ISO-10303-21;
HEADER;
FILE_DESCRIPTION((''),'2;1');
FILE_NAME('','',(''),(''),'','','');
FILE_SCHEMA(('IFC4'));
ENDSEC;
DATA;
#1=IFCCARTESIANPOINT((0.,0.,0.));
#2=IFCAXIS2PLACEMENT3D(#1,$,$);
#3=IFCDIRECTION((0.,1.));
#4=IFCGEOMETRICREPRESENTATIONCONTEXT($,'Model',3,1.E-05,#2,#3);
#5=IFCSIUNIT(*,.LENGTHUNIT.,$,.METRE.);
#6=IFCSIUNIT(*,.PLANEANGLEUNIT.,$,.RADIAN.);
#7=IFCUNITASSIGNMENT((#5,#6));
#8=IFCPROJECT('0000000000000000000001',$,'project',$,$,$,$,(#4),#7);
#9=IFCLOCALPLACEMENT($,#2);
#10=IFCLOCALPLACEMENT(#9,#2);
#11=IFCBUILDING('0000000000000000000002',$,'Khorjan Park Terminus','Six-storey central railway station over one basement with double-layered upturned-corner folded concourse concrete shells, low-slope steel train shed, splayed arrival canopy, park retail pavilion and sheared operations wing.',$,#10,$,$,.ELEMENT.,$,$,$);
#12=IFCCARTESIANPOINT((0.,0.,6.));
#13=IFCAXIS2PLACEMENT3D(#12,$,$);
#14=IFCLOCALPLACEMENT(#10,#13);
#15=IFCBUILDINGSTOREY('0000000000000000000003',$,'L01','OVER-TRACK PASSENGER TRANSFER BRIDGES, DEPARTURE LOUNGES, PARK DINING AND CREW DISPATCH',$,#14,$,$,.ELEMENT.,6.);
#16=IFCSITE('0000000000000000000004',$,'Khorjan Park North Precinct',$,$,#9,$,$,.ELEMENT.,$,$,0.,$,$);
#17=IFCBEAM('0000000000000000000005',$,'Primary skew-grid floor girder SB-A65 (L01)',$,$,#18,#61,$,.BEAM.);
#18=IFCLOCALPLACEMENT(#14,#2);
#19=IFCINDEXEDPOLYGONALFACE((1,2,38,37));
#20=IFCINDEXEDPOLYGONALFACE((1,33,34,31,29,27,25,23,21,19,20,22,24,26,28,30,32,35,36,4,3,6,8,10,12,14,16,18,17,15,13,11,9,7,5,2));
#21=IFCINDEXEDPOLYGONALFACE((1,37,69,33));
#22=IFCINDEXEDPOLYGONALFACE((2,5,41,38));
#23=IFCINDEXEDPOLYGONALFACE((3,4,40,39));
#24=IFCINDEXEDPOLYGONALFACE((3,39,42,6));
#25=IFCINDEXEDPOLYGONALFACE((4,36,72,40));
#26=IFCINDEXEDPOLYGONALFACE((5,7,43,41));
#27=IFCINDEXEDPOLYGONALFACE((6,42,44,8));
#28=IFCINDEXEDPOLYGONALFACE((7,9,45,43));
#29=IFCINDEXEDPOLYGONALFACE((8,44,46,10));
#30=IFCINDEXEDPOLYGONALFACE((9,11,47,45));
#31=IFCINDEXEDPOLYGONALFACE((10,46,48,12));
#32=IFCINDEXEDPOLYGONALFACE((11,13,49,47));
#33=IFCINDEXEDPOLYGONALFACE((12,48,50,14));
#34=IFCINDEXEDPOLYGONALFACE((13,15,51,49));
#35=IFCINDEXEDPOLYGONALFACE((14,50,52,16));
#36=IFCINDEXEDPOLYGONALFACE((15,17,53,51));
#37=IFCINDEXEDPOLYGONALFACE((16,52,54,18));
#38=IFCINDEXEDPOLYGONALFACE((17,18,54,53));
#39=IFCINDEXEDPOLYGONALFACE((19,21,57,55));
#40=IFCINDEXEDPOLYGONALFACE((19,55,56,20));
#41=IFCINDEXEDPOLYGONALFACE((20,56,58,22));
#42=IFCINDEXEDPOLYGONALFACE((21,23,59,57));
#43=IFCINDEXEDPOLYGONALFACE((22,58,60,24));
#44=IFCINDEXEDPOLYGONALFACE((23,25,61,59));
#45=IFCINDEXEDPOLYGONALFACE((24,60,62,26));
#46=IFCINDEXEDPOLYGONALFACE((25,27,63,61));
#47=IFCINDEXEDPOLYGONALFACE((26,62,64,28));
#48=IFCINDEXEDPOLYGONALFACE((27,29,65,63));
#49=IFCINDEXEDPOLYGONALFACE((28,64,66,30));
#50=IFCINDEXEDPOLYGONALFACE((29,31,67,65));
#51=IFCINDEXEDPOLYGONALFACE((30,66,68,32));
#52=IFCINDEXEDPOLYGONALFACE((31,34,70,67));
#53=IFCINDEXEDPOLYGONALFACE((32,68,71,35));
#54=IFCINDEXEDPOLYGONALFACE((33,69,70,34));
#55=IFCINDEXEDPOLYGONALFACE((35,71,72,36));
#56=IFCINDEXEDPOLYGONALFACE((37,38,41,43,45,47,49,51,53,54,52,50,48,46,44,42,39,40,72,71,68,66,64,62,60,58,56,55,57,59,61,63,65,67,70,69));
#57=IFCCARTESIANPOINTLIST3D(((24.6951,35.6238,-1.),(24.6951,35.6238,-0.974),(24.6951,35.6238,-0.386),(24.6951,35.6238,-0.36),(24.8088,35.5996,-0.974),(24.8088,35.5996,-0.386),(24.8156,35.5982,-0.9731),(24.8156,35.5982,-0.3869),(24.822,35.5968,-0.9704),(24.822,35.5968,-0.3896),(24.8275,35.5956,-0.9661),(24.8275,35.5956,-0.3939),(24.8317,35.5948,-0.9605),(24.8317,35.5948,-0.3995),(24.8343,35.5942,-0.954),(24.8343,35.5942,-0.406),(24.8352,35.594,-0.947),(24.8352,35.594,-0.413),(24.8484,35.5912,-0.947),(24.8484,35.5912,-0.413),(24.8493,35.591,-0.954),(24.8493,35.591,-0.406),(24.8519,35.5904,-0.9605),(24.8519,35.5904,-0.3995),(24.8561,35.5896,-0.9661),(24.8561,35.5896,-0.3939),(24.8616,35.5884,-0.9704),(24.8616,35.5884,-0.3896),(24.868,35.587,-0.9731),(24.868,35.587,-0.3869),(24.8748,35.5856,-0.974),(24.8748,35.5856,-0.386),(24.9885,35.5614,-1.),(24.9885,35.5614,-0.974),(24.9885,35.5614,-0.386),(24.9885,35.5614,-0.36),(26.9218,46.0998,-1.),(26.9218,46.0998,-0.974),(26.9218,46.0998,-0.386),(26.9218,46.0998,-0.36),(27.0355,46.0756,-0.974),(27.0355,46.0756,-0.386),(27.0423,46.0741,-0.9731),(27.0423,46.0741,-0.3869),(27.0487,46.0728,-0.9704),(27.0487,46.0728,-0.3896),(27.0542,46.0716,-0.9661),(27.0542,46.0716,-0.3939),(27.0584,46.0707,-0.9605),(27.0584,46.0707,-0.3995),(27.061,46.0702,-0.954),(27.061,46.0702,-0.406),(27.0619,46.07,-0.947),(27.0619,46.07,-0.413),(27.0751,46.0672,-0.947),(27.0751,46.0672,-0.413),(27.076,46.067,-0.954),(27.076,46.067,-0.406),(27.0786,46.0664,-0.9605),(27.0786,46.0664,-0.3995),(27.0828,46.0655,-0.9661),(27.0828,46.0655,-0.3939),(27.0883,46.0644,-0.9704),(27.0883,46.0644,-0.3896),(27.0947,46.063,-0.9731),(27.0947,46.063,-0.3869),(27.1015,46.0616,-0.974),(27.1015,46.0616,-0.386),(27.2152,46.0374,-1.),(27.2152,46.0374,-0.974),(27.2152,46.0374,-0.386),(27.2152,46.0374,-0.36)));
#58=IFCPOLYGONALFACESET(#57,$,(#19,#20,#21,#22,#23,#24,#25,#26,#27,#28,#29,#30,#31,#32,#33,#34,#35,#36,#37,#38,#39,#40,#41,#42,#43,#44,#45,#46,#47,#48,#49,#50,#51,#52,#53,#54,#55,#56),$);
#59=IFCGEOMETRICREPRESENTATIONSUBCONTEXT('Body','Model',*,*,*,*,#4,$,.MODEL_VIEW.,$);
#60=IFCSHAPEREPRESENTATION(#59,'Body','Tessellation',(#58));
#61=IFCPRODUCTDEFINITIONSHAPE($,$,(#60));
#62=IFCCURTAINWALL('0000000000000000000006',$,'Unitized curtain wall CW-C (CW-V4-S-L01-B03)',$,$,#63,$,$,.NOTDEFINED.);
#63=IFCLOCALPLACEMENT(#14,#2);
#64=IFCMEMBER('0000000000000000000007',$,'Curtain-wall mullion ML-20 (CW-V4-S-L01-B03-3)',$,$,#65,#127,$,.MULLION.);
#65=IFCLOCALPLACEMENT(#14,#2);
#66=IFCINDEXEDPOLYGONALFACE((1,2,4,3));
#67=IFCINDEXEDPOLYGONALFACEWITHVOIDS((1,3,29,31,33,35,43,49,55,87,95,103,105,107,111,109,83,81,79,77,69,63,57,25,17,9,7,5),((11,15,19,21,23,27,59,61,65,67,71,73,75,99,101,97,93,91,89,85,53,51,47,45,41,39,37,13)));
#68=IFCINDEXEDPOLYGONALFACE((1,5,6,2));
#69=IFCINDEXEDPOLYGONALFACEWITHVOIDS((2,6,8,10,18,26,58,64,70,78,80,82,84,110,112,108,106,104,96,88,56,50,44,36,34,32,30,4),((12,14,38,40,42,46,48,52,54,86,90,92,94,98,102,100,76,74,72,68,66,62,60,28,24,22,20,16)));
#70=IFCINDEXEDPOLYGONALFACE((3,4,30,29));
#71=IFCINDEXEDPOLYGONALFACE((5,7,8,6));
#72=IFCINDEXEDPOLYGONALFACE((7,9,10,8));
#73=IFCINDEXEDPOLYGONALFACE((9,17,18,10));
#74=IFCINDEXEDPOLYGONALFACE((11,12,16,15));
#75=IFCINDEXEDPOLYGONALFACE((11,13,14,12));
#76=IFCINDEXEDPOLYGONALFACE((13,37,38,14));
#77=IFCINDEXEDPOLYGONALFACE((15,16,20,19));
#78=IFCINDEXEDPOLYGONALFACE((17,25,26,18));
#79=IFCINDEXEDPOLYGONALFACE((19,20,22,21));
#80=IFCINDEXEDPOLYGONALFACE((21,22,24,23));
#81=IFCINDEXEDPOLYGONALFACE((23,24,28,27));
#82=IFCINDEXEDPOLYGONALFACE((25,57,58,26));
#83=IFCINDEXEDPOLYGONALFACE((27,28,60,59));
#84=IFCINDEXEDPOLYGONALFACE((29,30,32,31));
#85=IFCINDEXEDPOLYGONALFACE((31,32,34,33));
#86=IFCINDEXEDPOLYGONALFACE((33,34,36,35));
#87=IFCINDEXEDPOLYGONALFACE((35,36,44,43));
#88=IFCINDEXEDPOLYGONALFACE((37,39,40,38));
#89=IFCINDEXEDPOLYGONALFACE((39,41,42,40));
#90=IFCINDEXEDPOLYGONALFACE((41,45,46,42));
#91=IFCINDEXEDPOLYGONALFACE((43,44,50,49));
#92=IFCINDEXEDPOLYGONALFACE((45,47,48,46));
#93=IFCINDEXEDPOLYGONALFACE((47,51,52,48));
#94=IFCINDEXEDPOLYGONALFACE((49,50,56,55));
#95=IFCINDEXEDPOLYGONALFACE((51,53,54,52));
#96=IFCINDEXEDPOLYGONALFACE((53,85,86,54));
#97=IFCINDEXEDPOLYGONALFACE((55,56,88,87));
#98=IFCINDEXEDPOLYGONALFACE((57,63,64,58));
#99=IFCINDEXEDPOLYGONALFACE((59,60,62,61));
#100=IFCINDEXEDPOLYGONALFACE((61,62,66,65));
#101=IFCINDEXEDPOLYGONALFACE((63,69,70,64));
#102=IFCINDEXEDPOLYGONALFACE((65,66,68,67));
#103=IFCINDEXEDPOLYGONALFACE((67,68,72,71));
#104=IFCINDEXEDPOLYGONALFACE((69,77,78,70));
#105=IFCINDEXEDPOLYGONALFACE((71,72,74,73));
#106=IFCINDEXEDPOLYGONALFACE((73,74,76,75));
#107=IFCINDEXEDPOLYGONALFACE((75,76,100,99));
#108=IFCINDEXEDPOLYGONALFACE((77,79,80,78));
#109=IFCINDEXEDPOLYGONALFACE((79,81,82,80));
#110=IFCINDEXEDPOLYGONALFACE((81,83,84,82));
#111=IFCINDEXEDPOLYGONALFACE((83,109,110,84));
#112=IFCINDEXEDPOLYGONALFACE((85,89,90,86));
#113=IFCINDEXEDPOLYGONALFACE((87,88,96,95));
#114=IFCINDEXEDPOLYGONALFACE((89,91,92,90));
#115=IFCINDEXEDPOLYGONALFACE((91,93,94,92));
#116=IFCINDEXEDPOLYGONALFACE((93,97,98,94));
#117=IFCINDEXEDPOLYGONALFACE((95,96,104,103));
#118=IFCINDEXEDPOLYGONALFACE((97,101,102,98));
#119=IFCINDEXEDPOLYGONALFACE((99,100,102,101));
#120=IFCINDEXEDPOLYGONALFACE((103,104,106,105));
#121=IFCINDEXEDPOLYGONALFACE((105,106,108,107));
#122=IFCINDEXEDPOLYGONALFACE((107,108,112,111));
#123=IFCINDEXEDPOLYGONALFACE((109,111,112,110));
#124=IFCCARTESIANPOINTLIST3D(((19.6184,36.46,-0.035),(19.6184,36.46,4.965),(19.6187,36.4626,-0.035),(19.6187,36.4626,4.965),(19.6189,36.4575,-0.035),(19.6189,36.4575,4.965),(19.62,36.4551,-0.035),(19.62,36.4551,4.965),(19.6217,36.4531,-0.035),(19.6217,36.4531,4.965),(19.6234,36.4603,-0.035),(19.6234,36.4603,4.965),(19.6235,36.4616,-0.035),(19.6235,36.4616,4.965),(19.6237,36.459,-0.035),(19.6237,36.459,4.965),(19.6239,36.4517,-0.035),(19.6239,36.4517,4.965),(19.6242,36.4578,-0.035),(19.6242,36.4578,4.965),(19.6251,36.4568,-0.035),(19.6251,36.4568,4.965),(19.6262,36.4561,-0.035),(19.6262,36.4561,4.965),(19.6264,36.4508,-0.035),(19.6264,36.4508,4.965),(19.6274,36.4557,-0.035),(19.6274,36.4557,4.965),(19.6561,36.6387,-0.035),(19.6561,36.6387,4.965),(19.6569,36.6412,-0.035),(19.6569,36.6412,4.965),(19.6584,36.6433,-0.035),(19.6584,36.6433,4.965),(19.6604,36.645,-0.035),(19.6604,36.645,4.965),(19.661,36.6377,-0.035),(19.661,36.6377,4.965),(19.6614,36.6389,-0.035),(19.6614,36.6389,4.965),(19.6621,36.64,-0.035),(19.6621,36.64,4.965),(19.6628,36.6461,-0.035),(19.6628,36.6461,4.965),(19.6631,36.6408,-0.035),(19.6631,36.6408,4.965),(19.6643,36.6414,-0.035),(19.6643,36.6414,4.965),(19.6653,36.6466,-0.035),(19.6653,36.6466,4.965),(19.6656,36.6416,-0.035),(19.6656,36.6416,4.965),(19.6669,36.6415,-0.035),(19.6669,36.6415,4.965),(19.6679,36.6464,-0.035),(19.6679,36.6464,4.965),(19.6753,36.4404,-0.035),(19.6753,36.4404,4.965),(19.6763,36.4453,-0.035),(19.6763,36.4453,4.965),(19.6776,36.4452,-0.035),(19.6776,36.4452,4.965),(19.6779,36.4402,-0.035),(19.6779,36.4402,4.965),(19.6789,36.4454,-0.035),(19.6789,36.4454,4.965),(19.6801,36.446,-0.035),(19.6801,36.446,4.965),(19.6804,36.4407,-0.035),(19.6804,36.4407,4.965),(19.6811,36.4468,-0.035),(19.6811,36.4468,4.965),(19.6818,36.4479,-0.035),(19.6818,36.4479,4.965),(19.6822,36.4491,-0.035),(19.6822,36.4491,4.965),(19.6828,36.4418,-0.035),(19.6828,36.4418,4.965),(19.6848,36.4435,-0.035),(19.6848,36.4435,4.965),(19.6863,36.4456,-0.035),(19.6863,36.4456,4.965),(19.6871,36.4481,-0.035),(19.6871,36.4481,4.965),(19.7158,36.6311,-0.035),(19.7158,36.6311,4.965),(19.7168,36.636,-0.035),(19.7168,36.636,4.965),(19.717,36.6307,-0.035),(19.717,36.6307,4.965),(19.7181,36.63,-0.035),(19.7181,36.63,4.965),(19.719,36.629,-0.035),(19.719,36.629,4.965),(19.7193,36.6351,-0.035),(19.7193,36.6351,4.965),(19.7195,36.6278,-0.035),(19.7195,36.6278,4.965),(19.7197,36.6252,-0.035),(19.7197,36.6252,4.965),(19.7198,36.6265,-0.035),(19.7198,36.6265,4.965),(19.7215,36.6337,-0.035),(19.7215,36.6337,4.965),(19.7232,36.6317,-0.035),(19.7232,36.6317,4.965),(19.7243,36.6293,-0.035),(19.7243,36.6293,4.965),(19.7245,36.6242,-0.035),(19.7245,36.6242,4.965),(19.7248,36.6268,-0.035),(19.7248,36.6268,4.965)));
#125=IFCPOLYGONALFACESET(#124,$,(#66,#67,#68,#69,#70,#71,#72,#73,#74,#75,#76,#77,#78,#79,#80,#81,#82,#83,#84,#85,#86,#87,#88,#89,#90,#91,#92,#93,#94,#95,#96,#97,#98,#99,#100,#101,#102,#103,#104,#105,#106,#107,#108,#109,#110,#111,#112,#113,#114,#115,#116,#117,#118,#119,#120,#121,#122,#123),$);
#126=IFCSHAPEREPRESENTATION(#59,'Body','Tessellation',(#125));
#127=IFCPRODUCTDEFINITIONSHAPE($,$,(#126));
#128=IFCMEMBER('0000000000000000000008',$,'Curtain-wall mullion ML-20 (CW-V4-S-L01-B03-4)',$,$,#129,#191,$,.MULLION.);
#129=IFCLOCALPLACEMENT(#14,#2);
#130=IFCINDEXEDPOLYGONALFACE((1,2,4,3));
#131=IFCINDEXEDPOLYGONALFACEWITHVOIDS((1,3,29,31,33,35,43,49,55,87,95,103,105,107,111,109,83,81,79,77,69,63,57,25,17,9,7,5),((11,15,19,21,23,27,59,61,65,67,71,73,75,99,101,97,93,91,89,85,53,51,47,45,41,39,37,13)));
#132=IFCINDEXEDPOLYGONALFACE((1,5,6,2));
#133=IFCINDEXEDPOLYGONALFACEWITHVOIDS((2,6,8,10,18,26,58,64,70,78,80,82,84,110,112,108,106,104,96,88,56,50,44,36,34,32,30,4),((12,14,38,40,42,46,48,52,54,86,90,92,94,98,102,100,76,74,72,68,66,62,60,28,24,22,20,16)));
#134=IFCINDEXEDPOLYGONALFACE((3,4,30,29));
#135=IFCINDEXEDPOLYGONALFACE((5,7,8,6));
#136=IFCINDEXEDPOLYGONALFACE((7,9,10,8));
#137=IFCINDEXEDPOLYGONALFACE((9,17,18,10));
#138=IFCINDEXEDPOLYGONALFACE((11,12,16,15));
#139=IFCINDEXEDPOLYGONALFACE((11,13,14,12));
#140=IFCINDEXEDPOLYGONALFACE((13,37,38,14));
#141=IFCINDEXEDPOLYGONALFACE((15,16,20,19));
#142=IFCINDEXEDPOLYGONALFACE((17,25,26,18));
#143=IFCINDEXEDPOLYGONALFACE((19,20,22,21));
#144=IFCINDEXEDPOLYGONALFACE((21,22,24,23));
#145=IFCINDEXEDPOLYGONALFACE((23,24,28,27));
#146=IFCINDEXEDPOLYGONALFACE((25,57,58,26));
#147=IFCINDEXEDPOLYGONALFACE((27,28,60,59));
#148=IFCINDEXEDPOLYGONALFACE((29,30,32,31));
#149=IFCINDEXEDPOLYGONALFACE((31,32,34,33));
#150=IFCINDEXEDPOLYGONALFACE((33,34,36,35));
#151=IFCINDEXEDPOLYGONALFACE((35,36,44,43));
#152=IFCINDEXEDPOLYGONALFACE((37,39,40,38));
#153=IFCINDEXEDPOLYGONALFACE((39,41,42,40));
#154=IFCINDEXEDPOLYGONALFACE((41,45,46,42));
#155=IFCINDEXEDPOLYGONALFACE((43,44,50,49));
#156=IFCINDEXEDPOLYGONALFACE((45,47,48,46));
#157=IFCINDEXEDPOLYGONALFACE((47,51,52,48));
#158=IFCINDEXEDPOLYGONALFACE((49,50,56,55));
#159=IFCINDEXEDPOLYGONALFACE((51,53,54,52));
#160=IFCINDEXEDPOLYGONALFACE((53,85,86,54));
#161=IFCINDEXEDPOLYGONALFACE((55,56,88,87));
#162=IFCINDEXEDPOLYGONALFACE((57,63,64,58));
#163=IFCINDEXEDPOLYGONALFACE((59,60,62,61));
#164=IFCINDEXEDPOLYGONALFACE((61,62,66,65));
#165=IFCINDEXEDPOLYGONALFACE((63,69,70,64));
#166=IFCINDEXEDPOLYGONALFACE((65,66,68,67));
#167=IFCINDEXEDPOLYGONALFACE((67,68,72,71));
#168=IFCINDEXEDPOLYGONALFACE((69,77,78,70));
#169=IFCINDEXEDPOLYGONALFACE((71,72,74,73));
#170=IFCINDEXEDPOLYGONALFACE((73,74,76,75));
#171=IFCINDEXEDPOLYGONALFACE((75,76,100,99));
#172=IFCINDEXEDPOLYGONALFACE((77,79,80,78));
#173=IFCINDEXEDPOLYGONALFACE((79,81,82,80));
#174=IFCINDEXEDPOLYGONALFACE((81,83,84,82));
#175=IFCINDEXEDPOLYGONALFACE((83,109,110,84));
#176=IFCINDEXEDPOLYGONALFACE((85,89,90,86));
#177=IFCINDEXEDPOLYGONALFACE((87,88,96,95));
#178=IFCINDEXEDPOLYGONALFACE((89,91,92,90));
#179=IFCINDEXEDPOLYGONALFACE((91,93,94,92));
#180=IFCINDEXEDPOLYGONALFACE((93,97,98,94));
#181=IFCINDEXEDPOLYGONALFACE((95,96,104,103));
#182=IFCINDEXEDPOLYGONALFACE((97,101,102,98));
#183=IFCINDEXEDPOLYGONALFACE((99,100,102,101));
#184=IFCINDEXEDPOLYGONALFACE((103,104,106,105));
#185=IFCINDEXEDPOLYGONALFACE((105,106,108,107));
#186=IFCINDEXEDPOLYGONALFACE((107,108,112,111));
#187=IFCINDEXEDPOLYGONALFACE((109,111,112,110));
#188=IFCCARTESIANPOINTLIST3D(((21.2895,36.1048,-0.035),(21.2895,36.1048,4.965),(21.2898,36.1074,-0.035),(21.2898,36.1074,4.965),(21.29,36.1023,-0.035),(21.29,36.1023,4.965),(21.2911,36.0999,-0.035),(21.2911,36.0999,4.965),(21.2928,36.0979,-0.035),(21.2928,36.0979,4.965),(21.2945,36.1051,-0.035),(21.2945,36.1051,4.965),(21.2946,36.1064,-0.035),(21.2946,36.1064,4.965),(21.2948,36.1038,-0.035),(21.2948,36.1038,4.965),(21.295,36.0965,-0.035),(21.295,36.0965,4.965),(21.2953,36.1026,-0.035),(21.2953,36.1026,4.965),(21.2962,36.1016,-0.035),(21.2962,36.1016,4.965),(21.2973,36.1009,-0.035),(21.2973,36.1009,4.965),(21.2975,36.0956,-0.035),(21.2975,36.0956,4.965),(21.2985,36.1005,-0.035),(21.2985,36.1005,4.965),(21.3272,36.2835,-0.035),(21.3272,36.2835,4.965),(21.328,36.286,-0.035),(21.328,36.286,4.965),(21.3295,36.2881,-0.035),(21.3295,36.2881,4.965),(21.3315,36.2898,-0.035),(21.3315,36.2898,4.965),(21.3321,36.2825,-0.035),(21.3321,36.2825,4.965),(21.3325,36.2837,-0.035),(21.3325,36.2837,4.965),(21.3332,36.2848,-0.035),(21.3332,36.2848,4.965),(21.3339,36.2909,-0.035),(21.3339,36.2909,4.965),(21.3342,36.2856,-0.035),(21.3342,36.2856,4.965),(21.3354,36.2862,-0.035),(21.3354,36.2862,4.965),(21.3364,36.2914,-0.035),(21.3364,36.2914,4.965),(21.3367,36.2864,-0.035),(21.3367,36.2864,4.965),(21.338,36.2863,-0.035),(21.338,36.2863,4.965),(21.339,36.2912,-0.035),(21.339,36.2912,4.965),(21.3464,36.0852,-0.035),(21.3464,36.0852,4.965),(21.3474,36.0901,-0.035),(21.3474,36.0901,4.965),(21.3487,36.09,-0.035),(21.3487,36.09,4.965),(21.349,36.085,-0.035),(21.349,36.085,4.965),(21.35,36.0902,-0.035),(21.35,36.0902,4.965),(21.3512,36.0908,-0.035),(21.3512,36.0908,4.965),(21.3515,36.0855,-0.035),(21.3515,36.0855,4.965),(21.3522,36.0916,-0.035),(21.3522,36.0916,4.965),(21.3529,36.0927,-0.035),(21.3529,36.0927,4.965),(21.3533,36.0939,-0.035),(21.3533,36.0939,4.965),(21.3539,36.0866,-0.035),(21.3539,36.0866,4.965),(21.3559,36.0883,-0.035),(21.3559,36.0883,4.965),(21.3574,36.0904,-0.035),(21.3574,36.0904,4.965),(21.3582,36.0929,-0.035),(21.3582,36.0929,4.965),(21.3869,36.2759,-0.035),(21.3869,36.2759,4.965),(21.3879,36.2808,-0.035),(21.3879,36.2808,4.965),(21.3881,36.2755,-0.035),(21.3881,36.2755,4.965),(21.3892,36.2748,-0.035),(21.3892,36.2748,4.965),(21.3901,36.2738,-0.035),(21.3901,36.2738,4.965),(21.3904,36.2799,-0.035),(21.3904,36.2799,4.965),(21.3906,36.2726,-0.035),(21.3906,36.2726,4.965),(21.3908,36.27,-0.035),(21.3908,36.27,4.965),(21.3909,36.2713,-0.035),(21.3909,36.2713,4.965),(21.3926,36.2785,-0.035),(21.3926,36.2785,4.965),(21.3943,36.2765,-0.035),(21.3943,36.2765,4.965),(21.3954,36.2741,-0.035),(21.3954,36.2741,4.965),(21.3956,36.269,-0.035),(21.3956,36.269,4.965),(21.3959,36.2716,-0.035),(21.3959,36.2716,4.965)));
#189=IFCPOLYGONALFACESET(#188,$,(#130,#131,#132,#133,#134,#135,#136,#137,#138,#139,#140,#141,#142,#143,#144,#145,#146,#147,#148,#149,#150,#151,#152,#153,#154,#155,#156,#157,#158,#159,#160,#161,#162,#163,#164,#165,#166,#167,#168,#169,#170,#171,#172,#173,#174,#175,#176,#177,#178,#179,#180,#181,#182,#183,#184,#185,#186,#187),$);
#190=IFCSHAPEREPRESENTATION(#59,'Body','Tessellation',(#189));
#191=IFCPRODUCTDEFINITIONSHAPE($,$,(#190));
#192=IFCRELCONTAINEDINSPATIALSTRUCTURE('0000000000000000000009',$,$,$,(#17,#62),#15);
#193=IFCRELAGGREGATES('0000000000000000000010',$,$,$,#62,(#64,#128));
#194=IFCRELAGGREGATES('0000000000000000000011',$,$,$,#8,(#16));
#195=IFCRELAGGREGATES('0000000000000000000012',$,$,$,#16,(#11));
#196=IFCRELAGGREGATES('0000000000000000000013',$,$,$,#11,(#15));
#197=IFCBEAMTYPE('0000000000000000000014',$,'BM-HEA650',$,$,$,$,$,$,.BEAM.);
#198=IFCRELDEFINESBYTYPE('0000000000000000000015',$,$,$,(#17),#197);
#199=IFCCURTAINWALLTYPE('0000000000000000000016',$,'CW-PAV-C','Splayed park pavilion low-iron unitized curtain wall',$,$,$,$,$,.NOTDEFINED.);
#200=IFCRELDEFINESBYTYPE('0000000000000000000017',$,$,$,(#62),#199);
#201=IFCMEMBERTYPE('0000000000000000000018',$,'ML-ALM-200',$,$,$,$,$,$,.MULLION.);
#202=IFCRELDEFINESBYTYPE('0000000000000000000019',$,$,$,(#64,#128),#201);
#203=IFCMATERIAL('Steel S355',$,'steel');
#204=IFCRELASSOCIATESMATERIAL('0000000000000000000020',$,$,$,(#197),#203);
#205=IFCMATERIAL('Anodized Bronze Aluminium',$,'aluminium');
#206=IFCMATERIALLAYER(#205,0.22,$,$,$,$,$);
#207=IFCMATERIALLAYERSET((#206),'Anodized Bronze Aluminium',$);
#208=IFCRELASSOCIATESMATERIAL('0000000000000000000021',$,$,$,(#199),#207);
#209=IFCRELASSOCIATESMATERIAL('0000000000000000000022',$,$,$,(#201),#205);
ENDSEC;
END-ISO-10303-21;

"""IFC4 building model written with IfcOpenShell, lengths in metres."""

from ifc_helpers import new_model, si_unit, direction, frame, origin, origin_2d, place, context, subcontext, project, spatial, hollow_rectangle, i_section, extrude, material, layer, layer_set, material_profile, profile_set, type_object, element, aggregate, save


model = new_model("IFC4")

# Units and contexts
model_context = context("Model", 3, precision=1e-05, world=origin(), true_north=direction((0.0, 1.0)))
body_context = subcontext(model_context, "Body", "Model", "MODEL_VIEW")
ifc_project = project(units=[si_unit("LENGTHUNIT", "METRE"), si_unit("PLANEANGLEUNIT", "RADIAN")], contexts=[model_context])

# Site, building, storey
site_placement = place(None, origin())
site = spatial("IfcSite", under=ifc_project, at=site_placement, Name="Khorjan Park North Precinct", CompositionType="ELEMENT", RefElevation=0.0)
building_placement = place(site_placement, origin())
building = spatial("IfcBuilding", under=site, at=building_placement, Name="Khorjan Park Terminus", Description="Six-storey central railway station over one basement with double-layered upturned-corner folded concourse concrete shells, low-slope steel train shed, splayed arrival canopy, park retail pavilion and sheared operations wing.", CompositionType="ELEMENT")
storey_placement = place(building_placement, frame((0.0, 0.0, 6.0)))
storey = spatial("IfcBuildingStorey", under=building, at=storey_placement, Name="L01", Description="OVER-TRACK PASSENGER TRANSFER BRIDGES, DEPARTURE LOUNGES, PARK DINING AND CREW DISPATCH", CompositionType="ELEMENT", Elevation=6.0)

# Beam
ifc_material_1 = material(Name="Steel S355", Category="steel")
ifc_material_profile_1 = material_profile(ifc_material_1, i_section(OverallWidth=0.3, OverallDepth=0.64, WebThickness=0.0135, FlangeThickness=0.026, FilletRadius=0.027, at=origin_2d()), Name="HEA 650")
ifc_profile_set_1 = profile_set([ifc_material_profile_1], Name="Steel S355")
beam_type = type_object("IfcBeamType", Name="BM-HEA650", PredefinedType="BEAM", material=ifc_profile_set_1)
beam_placement = place(storey_placement, frame((24.8418, 35.5926, -0.68), z_axis=(0.207908, 0.978148, 0.0), x_axis=(-0.978148, 0.207908, 0.0)))
element("IfcBeam", 1, at=beam_placement, inside=storey, type_object=beam_type, Name="Primary skew-grid floor girder SB-A65 (L01)", PredefinedType="BEAM", context=body_context, shape_type="SweptSolid", body=[
    extrude(i_section(OverallWidth=0.3, OverallDepth=0.64, WebThickness=0.0135, FlangeThickness=0.026, FilletRadius=0.027, at=origin_2d()), origin(), (0.0, 0.0, 1.0), 10.71),
])

# Curtain wall, members
ifc_material_2 = material(Name="Anodized Bronze Aluminium", Category="aluminium")
ifc_layer_1 = layer(ifc_material_2, 0.22)
ifc_layer_set_1 = layer_set([ifc_layer_1], Name="Anodized Bronze Aluminium")
curtain_wall_type = type_object("IfcCurtainWallType", Name="CW-PAV-C", Description="Splayed park pavilion low-iron unitized curtain wall", PredefinedType="NOTDEFINED", material=ifc_layer_set_1)
curtain_wall_1_placement = place(storey_placement, origin())
curtain_wall_1 = element("IfcCurtainWall", 2, at=curtain_wall_1_placement, inside=storey, type_object=curtain_wall_type, Name="Unitized curtain wall CW-C (CW-V4-S-L01-B03)", PredefinedType="NOTDEFINED")
ifc_material_profile_2 = material_profile(ifc_material_2, hollow_rectangle(XDim=0.07, YDim=0.2, WallThickness=0.005, InnerFilletRadius=0.005, OuterFilletRadius=0.01, at=origin_2d()), Name="ALM 70x200x5")
ifc_profile_set_2 = profile_set([ifc_material_profile_2], Name="Anodized Bronze Aluminium")
member_type_1 = type_object("IfcMemberType", Name="ML-ALM-200", PredefinedType="MULLION", material=ifc_profile_set_2)
member_1_placement = place(storey_placement, frame((19.6716, 36.5434, -0.035), z_axis=(0.0, 0.0, 1.0), x_axis=(0.978147, -0.207914, 0.0)))
member_1 = element("IfcMember", 3, at=member_1_placement, type_object=member_type_1, Name="Curtain-wall mullion ML-20 (CW-V4-S-L01-B03-3)", PredefinedType="MULLION", context=body_context, shape_type="SweptSolid", body=[
    extrude(hollow_rectangle(XDim=0.07, YDim=0.2, WallThickness=0.005, InnerFilletRadius=0.005, OuterFilletRadius=0.01, at=origin_2d()), origin(), (0.0, 0.0, 1.0), 5.0),
])
member_2_placement = place(storey_placement, frame((21.3427, 36.1882, -0.035), z_axis=(0.0, 0.0, 1.0), x_axis=(0.978147, -0.207914, 0.0)))
member_2 = element("IfcMember", 4, at=member_2_placement, type_object=member_type_1, Name="Curtain-wall mullion ML-20 (CW-V4-S-L01-B03-4)", PredefinedType="MULLION", context=body_context, shape_type="SweptSolid", body=[
    extrude(hollow_rectangle(XDim=0.07, YDim=0.2, WallThickness=0.005, InnerFilletRadius=0.005, OuterFilletRadius=0.01, at=origin_2d()), origin(), (0.0, 0.0, 1.0), 5.0),
])

aggregate(curtain_wall_1, [member_1, member_2])

save(model, "model.ifc")
